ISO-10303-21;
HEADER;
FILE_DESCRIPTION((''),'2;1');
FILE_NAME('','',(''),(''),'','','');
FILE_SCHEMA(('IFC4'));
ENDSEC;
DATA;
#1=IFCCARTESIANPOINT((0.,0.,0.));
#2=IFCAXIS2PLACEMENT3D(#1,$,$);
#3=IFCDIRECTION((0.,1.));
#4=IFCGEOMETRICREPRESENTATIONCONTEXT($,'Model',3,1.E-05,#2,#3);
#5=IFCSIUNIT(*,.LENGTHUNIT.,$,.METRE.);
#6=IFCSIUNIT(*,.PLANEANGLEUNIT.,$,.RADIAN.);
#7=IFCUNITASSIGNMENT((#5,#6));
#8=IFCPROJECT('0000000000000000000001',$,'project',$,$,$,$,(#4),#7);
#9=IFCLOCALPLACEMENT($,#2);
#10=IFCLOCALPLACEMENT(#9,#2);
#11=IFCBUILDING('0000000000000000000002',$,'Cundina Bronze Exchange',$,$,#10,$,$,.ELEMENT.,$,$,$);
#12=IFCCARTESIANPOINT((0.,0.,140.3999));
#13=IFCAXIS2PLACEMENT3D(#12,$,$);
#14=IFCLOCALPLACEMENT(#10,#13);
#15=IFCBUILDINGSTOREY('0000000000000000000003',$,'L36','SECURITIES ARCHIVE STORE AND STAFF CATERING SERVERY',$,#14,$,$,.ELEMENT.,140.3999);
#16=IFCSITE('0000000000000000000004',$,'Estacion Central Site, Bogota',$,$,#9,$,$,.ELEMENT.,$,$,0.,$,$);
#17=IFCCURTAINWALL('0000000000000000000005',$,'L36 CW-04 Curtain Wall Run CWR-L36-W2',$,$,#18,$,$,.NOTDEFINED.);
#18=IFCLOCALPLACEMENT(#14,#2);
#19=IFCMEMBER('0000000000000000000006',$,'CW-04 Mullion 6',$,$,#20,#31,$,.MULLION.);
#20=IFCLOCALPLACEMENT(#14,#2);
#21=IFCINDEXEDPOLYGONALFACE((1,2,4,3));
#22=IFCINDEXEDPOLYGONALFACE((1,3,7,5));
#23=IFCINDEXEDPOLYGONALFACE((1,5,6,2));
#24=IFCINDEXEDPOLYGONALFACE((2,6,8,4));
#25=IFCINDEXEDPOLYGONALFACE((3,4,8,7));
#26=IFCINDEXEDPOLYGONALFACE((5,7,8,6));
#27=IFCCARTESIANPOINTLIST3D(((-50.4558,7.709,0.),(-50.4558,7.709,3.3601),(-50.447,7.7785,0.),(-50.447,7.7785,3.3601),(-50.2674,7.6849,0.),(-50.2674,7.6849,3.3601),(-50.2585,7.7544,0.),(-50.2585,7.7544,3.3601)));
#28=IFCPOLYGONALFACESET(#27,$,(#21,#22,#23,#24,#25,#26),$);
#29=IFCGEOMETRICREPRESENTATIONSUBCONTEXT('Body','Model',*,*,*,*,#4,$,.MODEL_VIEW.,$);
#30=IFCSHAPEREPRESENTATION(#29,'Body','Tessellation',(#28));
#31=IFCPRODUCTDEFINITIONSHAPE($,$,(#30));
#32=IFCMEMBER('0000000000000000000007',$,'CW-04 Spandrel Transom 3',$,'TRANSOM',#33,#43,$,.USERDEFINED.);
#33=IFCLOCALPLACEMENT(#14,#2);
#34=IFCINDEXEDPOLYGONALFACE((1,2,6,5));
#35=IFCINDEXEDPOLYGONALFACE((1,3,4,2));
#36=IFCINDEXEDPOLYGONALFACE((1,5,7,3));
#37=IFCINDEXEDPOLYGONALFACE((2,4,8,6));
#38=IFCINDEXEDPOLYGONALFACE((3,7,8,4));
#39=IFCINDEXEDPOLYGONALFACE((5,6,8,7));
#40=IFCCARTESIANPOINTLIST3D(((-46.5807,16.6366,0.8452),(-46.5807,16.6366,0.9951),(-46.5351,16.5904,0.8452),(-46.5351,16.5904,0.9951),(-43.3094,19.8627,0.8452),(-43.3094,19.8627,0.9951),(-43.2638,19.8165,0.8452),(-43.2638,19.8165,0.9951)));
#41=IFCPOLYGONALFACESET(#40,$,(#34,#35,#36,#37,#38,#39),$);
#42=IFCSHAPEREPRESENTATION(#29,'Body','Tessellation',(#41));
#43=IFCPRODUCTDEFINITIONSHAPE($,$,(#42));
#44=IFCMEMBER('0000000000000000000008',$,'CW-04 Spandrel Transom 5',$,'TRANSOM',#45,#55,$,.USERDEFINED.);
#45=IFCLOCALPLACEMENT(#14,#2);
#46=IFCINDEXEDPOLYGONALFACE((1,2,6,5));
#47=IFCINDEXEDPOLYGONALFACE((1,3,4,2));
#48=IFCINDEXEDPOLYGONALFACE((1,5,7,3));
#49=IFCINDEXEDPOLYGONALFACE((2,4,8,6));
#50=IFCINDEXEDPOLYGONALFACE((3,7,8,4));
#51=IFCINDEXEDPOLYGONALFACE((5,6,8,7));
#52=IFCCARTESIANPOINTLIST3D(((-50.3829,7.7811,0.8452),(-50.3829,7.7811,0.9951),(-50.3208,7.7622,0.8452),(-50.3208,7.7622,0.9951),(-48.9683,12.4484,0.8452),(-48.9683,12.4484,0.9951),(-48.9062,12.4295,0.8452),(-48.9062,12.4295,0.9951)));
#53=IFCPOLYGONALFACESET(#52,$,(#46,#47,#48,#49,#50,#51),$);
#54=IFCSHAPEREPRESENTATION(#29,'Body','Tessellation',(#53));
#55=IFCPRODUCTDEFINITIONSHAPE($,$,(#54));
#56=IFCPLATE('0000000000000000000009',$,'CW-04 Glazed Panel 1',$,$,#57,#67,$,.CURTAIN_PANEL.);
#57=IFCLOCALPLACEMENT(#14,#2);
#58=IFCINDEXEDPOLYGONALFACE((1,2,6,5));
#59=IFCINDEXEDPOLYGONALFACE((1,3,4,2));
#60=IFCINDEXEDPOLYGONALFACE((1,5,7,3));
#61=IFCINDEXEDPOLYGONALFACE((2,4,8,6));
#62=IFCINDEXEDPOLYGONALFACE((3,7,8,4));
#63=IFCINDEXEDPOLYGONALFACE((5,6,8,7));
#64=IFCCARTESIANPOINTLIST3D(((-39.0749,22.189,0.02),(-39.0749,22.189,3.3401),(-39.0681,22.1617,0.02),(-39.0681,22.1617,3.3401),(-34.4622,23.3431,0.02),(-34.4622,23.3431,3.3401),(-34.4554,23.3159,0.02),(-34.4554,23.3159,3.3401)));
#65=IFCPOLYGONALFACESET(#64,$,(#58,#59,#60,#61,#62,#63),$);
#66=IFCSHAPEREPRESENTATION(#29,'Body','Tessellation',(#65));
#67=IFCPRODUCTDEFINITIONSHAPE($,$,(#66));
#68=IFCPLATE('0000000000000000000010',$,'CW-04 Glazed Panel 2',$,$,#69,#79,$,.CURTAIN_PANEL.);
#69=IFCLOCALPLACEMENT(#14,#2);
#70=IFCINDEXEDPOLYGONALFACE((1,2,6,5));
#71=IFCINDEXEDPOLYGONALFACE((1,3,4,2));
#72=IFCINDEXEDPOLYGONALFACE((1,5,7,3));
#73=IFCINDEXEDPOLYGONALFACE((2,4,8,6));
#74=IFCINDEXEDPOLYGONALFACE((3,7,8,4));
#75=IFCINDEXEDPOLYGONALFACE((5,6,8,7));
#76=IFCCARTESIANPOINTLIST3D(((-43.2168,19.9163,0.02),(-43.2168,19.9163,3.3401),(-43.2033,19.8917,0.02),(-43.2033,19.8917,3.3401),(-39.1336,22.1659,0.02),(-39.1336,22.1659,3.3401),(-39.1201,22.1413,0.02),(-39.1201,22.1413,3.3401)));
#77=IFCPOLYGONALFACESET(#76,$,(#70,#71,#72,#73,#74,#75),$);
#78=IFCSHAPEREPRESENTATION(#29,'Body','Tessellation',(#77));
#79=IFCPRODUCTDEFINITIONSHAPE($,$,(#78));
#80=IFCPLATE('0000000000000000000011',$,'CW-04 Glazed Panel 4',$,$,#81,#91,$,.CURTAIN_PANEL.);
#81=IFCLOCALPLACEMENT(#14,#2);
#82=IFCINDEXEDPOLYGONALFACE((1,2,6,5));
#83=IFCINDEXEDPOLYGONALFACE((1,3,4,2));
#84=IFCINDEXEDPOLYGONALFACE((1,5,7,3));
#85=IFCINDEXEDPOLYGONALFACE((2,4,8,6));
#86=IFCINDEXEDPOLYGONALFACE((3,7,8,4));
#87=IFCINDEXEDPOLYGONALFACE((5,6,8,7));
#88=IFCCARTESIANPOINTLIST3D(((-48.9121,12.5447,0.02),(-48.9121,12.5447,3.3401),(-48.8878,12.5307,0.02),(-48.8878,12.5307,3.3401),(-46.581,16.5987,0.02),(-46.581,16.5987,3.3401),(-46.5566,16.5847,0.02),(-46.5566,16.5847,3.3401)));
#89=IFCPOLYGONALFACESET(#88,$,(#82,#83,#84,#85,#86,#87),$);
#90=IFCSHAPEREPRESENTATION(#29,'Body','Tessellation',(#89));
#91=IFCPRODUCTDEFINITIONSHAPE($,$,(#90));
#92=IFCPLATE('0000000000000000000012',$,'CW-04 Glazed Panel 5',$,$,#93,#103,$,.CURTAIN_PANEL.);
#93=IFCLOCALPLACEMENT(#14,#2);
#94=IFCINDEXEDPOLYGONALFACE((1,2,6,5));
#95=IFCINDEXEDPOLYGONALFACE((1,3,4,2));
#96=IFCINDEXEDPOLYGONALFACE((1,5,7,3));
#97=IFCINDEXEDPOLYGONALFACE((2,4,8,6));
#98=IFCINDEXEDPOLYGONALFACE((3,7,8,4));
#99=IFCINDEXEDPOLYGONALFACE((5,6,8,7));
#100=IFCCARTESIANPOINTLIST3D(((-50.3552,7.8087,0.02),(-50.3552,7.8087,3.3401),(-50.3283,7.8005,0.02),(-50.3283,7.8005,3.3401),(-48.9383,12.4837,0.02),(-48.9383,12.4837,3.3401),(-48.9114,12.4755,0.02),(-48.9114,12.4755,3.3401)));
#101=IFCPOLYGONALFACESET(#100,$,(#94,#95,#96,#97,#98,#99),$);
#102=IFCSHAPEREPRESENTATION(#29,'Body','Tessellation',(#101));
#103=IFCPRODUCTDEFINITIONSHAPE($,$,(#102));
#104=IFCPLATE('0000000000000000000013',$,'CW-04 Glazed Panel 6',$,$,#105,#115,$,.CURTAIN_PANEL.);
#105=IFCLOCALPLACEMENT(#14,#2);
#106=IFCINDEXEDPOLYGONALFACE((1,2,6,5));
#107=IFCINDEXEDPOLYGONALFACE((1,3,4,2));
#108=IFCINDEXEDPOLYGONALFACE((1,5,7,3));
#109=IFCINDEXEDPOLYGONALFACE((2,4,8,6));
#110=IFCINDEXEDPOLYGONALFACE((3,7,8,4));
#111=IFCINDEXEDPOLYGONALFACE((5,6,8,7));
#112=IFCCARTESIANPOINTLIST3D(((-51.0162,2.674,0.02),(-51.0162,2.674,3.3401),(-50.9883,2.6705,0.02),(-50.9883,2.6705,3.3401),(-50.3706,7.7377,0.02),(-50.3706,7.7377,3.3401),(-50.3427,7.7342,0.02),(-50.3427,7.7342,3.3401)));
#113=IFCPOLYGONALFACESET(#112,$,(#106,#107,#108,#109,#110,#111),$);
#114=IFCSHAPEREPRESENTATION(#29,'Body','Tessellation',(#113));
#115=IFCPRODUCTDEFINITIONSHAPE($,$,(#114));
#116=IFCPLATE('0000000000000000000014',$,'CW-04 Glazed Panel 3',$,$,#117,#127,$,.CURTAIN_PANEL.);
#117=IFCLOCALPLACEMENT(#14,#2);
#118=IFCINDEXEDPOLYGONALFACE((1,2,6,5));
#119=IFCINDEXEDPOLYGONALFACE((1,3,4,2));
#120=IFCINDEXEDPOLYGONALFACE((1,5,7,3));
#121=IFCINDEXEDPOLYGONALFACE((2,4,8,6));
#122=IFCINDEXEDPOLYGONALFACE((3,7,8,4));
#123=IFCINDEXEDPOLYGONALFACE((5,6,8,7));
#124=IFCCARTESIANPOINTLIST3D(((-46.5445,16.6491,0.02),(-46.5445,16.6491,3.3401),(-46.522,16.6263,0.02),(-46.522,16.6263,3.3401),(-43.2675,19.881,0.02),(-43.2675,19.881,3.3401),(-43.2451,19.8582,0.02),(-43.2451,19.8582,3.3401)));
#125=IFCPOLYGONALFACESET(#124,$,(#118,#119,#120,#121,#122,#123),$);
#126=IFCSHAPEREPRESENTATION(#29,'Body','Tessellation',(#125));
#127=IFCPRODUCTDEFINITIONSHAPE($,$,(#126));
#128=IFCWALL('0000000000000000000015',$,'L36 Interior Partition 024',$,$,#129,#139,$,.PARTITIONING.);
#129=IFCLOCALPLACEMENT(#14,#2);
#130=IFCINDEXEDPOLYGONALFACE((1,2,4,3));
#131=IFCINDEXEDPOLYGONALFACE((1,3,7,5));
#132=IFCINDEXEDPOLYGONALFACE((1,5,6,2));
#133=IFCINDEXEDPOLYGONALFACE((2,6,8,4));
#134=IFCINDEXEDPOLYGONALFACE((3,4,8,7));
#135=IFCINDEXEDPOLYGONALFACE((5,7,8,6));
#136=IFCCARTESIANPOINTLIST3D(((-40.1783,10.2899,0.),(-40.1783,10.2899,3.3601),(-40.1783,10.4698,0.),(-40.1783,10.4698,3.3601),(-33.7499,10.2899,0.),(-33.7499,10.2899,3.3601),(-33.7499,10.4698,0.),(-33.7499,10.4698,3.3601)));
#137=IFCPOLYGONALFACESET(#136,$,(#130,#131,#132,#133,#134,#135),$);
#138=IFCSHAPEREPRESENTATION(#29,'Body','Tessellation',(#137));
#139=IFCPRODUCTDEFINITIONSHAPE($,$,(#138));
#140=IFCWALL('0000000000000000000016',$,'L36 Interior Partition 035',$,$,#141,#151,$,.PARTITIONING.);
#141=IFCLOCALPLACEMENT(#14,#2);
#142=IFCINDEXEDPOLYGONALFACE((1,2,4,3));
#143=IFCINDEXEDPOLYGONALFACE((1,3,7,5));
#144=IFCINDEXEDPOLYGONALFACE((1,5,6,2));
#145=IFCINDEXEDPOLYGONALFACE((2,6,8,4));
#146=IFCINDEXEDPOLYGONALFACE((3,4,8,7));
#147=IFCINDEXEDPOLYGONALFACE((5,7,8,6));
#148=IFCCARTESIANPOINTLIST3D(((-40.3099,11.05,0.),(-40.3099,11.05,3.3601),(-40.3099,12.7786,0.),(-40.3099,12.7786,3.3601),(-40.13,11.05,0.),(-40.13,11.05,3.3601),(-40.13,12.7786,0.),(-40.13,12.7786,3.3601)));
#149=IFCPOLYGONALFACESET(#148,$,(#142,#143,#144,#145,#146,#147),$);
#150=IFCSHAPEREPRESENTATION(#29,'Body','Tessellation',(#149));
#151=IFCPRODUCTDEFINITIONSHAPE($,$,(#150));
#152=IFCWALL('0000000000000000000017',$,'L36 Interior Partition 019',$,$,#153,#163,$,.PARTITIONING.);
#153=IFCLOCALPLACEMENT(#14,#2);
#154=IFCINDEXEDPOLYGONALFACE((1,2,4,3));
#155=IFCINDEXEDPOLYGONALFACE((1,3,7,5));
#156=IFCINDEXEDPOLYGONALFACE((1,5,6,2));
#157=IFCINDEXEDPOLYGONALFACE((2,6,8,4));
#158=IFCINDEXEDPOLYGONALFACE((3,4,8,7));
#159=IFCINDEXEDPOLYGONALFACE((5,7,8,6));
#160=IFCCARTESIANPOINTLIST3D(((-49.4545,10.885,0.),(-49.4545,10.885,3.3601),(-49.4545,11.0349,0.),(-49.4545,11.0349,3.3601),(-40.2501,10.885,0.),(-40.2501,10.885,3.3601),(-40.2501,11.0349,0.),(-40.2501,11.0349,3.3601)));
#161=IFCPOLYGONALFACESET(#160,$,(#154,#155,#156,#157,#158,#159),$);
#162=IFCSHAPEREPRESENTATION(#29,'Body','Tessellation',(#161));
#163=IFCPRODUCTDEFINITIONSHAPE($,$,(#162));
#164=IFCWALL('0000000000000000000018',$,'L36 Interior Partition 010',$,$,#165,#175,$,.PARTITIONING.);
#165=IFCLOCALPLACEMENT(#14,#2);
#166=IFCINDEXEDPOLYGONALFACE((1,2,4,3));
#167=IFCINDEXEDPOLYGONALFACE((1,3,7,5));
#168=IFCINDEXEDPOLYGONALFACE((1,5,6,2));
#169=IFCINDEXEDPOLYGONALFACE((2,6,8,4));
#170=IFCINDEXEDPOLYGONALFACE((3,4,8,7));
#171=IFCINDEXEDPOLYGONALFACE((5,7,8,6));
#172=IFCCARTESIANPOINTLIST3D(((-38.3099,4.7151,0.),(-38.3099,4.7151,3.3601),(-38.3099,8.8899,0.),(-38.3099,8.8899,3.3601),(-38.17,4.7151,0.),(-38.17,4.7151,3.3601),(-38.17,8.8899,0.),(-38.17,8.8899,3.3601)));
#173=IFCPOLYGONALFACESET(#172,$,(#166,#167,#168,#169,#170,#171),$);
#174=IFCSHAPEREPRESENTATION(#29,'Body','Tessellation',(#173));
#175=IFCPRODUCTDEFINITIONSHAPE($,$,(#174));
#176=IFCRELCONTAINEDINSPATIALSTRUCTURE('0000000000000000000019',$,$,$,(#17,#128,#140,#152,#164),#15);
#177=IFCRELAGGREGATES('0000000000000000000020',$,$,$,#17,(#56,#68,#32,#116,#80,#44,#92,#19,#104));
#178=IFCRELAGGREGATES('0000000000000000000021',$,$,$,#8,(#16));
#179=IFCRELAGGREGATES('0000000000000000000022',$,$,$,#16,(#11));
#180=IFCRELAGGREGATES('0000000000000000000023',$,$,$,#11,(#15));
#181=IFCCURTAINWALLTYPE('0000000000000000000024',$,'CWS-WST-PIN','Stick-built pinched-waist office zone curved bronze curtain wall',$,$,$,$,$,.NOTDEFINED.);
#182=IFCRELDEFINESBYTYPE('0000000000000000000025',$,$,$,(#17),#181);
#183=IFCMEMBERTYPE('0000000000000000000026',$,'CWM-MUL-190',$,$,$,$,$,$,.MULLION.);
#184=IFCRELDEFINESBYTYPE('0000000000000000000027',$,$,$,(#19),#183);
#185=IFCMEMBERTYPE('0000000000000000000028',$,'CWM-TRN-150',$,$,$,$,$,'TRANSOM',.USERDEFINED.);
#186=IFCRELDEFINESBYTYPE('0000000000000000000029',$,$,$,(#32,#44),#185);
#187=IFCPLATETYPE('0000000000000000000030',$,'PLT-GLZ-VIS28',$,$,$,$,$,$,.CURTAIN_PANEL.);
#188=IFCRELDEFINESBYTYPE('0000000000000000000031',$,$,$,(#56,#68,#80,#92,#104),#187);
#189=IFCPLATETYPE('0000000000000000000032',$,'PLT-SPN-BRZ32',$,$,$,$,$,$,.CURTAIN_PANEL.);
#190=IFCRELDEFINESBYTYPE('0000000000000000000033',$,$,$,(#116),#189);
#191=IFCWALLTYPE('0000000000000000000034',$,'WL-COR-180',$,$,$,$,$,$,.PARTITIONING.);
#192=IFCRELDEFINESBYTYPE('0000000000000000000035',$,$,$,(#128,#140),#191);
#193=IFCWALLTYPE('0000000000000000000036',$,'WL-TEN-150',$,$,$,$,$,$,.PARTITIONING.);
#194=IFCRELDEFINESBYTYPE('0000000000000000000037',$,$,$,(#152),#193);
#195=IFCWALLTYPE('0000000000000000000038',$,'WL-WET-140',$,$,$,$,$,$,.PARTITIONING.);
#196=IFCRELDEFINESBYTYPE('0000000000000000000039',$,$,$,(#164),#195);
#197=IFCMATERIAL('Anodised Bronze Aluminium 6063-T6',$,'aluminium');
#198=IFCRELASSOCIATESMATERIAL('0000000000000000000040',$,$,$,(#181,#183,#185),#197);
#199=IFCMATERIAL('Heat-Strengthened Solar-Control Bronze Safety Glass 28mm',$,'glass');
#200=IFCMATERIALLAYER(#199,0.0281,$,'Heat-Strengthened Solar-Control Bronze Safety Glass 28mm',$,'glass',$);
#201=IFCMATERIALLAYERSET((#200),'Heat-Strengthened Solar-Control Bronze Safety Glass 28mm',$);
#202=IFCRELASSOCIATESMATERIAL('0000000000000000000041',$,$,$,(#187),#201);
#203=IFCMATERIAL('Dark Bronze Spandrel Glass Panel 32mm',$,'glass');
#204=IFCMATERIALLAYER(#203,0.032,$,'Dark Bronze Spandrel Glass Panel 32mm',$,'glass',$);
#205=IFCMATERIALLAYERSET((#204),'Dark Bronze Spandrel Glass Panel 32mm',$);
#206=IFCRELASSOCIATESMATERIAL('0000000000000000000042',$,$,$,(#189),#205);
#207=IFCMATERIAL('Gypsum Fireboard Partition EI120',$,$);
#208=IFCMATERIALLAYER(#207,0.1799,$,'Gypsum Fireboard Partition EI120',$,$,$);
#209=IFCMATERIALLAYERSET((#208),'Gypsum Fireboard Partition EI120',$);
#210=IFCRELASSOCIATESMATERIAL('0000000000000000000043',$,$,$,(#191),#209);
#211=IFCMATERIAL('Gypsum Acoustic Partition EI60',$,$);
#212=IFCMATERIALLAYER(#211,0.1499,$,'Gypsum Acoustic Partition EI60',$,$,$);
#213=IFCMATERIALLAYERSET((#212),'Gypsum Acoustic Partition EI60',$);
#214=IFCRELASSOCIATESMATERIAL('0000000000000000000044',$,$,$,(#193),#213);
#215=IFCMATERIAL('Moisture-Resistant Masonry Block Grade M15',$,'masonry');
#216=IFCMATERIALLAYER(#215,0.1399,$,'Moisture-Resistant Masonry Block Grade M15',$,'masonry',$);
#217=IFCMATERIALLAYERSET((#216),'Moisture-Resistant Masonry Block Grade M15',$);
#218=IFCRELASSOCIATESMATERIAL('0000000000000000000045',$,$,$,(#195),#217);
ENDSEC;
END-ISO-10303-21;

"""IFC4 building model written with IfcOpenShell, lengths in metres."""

from ifc_helpers import new_model, si_unit, direction, frame, frame_2d, origin, origin_2d, place, context, subcontext, project, spatial, rectangle, extrude, material, layer, layer_set, material_profile, profile_set, type_object, element, aggregate, save


model = new_model("IFC4")

# Units and contexts
model_context = context("Model", 3, precision=1e-05, world=origin(), true_north=direction((0.0, 1.0)))
body_context = subcontext(model_context, "Body", "Model", "MODEL_VIEW")
ifc_project = project(units=[si_unit("LENGTHUNIT", "METRE"), si_unit("PLANEANGLEUNIT", "RADIAN")], contexts=[model_context])

# Site, building, storey
site_placement = place(None, origin())
site = spatial("IfcSite", under=ifc_project, at=site_placement, Name="Estacion Central Site, Bogota", CompositionType="ELEMENT", RefElevation=0.0)
building_placement = place(site_placement, origin())
building = spatial("IfcBuilding", under=site, at=building_placement, Name="Cundina Bronze Exchange", CompositionType="ELEMENT")
storey_placement = place(building_placement, frame((0.0, 0.0, 140.3999)))
storey = spatial("IfcBuildingStorey", under=building, at=storey_placement, Name="L36", Description="SECURITIES ARCHIVE STORE AND STAFF CATERING SERVERY", CompositionType="ELEMENT", Elevation=140.3999)

# Curtain wall, members, plates
ifc_material_1 = material(Name="Anodised Bronze Aluminium 6063-T6", Category="aluminium")
curtain_wall_type = type_object("IfcCurtainWallType", Name="CWS-WST-PIN", Description="Stick-built pinched-waist office zone curved bronze curtain wall", PredefinedType="NOTDEFINED", material=ifc_material_1)
curtain_wall_placement = place(storey_placement, origin())
curtain_wall = element("IfcCurtainWall", 1, at=curtain_wall_placement, inside=storey, type_object=curtain_wall_type, Name="L36 CW-04 Curtain Wall Run CWR-L36-W2", PredefinedType="NOTDEFINED")
ifc_material_profile_1 = material_profile(ifc_material_1, rectangle(XDim=0.0701, YDim=0.1899, at=origin_2d()), Name="AL70X190", Category="aluminium")
ifc_profile_set_1 = profile_set([ifc_material_profile_1], Name="Anodised Bronze Aluminium 6063-T6")
member_type_1 = type_object("IfcMemberType", Name="CWM-MUL-190", PredefinedType="MULLION", material=ifc_profile_set_1)
member_1_placement = place(storey_placement, frame((-50.3572, 7.7317, 0.0), z_axis=(0.0, 0.0, 1.0), x_axis=(-0.126545, -0.991961, 0.0)))
member_1 = element("IfcMember", 2, at=member_1_placement, type_object=member_type_1, Name="CW-04 Mullion 6", PredefinedType="MULLION", context=body_context, shape_type="SweptSolid", body=[
    extrude(rectangle(XDim=0.0701, YDim=0.1899, at=origin_2d()), origin(), (0.0, 0.0, 1.0), 3.3601),
])
ifc_material_profile_2 = material_profile(ifc_material_1, rectangle(XDim=0.0649, YDim=0.1499, at=origin_2d()), Name="AL65X150", Category="aluminium")
ifc_profile_set_2 = profile_set([ifc_material_profile_2], Name="Anodised Bronze Aluminium 6063-T6")
member_type_2 = type_object("IfcMemberType", Name="CWM-TRN-150", ElementType="TRANSOM", PredefinedType="USERDEFINED", material=ifc_profile_set_2)
member_2_placement = place(storey_placement, frame((-43.2866, 19.8396, 0.9202), z_axis=(-0.712005, -0.702174, 0.0), x_axis=(0.702174, -0.712005, 0.0)))
member_2 = element("IfcMember", 3, at=member_2_placement, type_object=member_type_2, Name="CW-04 Spandrel Transom 3", ObjectType="TRANSOM", PredefinedType="USERDEFINED", context=body_context, shape_type="SweptSolid", body=[
    extrude(rectangle(XDim=0.0649, YDim=0.1499, at=origin_2d()), origin(), (0.0, 0.0, 1.0), 4.5945),
])
member_3_placement = place(storey_placement, frame((-48.9373, 12.439, 0.9202), z_axis=(-0.290052, -0.957011, 0.0), x_axis=(0.957011, -0.290052, 0.0)))
member_3 = element("IfcMember", 4, at=member_3_placement, type_object=member_type_2, Name="CW-04 Spandrel Transom 5", ObjectType="TRANSOM", PredefinedType="USERDEFINED", context=body_context, shape_type="SweptSolid", body=[
    extrude(rectangle(XDim=0.0649, YDim=0.1499, at=origin_2d()), origin(), (0.0, 0.0, 1.0), 4.877),
])
ifc_material_2 = material(Name="Heat-Strengthened Solar-Control Bronze Safety Glass 28mm", Category="glass")
ifc_layer_1 = layer(ifc_material_2, 0.0281, Name="Heat-Strengthened Solar-Control Bronze Safety Glass 28mm", Category="glass")
ifc_layer_set_1 = layer_set([ifc_layer_1], Name="Heat-Strengthened Solar-Control Bronze Safety Glass 28mm")
plate_type_1 = type_object("IfcPlateType", Name="PLT-GLZ-VIS28", PredefinedType="CURTAIN_PANEL", material=ifc_layer_set_1)
plate_1_placement = place(storey_placement, frame((-36.7651, 22.7524, 0.02), z_axis=(0.0, 0.0, 1.0), x_axis=(-0.970093, -0.242735, 0.0)))
plate_1 = element("IfcPlate", 5, at=plate_1_placement, type_object=plate_type_1, Name="CW-04 Glazed Panel 1", PredefinedType="CURTAIN_PANEL", context=body_context, shape_type="SweptSolid", body=[
    extrude(rectangle(XDim=4.7549, YDim=0.0281, at=origin_2d()), origin(), (0.0, 0.0, 1.0), 3.3201),
])
plate_2_placement = place(storey_placement, frame((-41.1685, 21.0288, 0.02), z_axis=(0.0, 0.0, 1.0), x_axis=(-0.875869, -0.482549, 0.0)))
plate_2 = element("IfcPlate", 6, at=plate_2_placement, type_object=plate_type_1, Name="CW-04 Glazed Panel 2", PredefinedType="CURTAIN_PANEL", context=body_context, shape_type="SweptSolid", body=[
    extrude(rectangle(XDim=4.6619, YDim=0.0281, at=origin_2d()), origin(), (0.0, 0.0, 1.0), 3.3201),
])
plate_3_placement = place(storey_placement, frame((-47.7344, 14.5647, 0.02), z_axis=(0.0, 0.0, 1.0), x_axis=(-0.498488, -0.866897, 0.0)))
plate_3 = element("IfcPlate", 7, at=plate_3_placement, type_object=plate_type_1, Name="CW-04 Glazed Panel 4", PredefinedType="CURTAIN_PANEL", context=body_context, shape_type="SweptSolid", body=[
    extrude(rectangle(XDim=4.6765, YDim=0.0281, at=origin_2d()), origin(), (0.0, 0.0, 1.0), 3.3201),
])
plate_4_placement = place(storey_placement, frame((-49.6333, 10.1421, 0.02), z_axis=(0.0, 0.0, 1.0), x_axis=(-0.290051, -0.957011, 0.0)))
plate_4 = element("IfcPlate", 8, at=plate_4_placement, type_object=plate_type_1, Name="CW-04 Glazed Panel 5", PredefinedType="CURTAIN_PANEL", context=body_context, shape_type="SweptSolid", body=[
    extrude(rectangle(XDim=4.885, YDim=0.0281, at=origin_2d()), origin(), (0.0, 0.0, 1.0), 3.3201),
])
plate_5_placement = place(storey_placement, frame((-50.6794, 5.2041, 0.02), z_axis=(0.0, 0.0, 1.0), x_axis=(-0.126476, -0.99197, 0.0)))
plate_5 = element("IfcPlate", 9, at=plate_5_placement, type_object=plate_type_1, Name="CW-04 Glazed Panel 6", PredefinedType="CURTAIN_PANEL", context=body_context, shape_type="SweptSolid", body=[
    extrude(rectangle(XDim=5.1047, YDim=0.0281, at=origin_2d()), origin(), (0.0, 0.0, 1.0), 3.3201),
])
ifc_material_3 = material(Name="Dark Bronze Spandrel Glass Panel 32mm", Category="glass")
ifc_layer_2 = layer(ifc_material_3, 0.032, Name="Dark Bronze Spandrel Glass Panel 32mm", Category="glass")
ifc_layer_set_2 = layer_set([ifc_layer_2], Name="Dark Bronze Spandrel Glass Panel 32mm")
plate_type_2 = type_object("IfcPlateType", Name="PLT-SPN-BRZ32", PredefinedType="CURTAIN_PANEL", material=ifc_layer_set_2)
plate_6_placement = place(storey_placement, frame((-44.8948, 18.2537, 0.02), z_axis=(0.0, 0.0, 1.0), x_axis=(-0.711989, -0.70219, 0.0)))
plate_6 = element("IfcPlate", 10, at=plate_6_placement, type_object=plate_type_2, Name="CW-04 Glazed Panel 3", PredefinedType="CURTAIN_PANEL", context=body_context, shape_type="SweptSolid", body=[
    extrude(rectangle(XDim=4.6025, YDim=0.032, at=origin_2d()), origin(), (0.0, 0.0, 1.0), 3.3201),
])
aggregate(curtain_wall, [plate_1, plate_2, member_2, plate_6, plate_3, member_3, plate_4, member_1, plate_5])

# Walls
ifc_material_4 = material(Name="Gypsum Fireboard Partition EI120")
ifc_layer_3 = layer(ifc_material_4, 0.1799, Name="Gypsum Fireboard Partition EI120")
ifc_layer_set_3 = layer_set([ifc_layer_3], Name="Gypsum Fireboard Partition EI120")
wall_type_1 = type_object("IfcWallType", Name="WL-COR-180", PredefinedType="PARTITIONING", material=ifc_layer_set_3)
wall_1_placement = place(storey_placement, frame((-40.1785, 10.3799, 0.0), z_axis=(0.0, 0.0, 1.0), x_axis=(1.0, 0.0, 0.0)))
element("IfcWall", 11, at=wall_1_placement, inside=storey, type_object=wall_type_1, Name="L36 Interior Partition 024", PredefinedType="PARTITIONING", context=body_context, shape_type="SweptSolid", body=[
    extrude(rectangle(XDim=6.4285, YDim=0.1799, at=frame_2d((3.2144, 0.0))), origin(), (0.0, 0.0, 1.0), 3.3601),
])
wall_2_placement = place(storey_placement, frame((-40.22, 12.7786, 0.0), z_axis=(0.0, 0.0, 1.0), x_axis=(0.0, -1.0, 0.0)))
element("IfcWall", 12, at=wall_2_placement, inside=storey, type_object=wall_type_1, Name="L36 Interior Partition 035", PredefinedType="PARTITIONING", context=body_context, shape_type="SweptSolid", body=[
    extrude(rectangle(XDim=1.7285, YDim=0.1799, at=frame_2d((0.8643, 0.0))), origin(), (0.0, 0.0, 1.0), 3.3601),
])
ifc_material_5 = material(Name="Gypsum Acoustic Partition EI60")
ifc_layer_4 = layer(ifc_material_5, 0.1499, Name="Gypsum Acoustic Partition EI60")
ifc_layer_set_4 = layer_set([ifc_layer_4], Name="Gypsum Acoustic Partition EI60")
wall_type_2 = type_object("IfcWallType", Name="WL-TEN-150", PredefinedType="PARTITIONING", material=ifc_layer_set_4)
wall_3_placement = place(storey_placement, frame((-49.4543, 10.96, 0.0), z_axis=(0.0, 0.0, 1.0), x_axis=(1.0, 0.0, 0.0)))
element("IfcWall", 13, at=wall_3_placement, inside=storey, type_object=wall_type_2, Name="L36 Interior Partition 019", PredefinedType="PARTITIONING", context=body_context, shape_type="SweptSolid", body=[
    extrude(rectangle(XDim=9.2043, YDim=0.1499, at=frame_2d((4.6021, 0.0))), origin(), (0.0, 0.0, 1.0), 3.3601),
])
ifc_material_6 = material(Name="Moisture-Resistant Masonry Block Grade M15", Category="masonry")
ifc_layer_5 = layer(ifc_material_6, 0.1399, Name="Moisture-Resistant Masonry Block Grade M15", Category="masonry")
ifc_layer_set_5 = layer_set([ifc_layer_5], Name="Moisture-Resistant Masonry Block Grade M15")
wall_type_3 = type_object("IfcWallType", Name="WL-WET-140", PredefinedType="PARTITIONING", material=ifc_layer_set_5)
wall_4_placement = place(storey_placement, frame((-38.24, 4.7151, 0.0), z_axis=(0.0, 0.0, 1.0), x_axis=(0.0, 1.0, 0.0)))
element("IfcWall", 14, at=wall_4_placement, inside=storey, type_object=wall_type_3, Name="L36 Interior Partition 010", PredefinedType="PARTITIONING", context=body_context, shape_type="SweptSolid", body=[
    extrude(rectangle(XDim=4.1748, YDim=0.1399, at=frame_2d((2.0874, 0.0))), origin(), (0.0, 0.0, 1.0), 3.3601),
])

save(model, "model.ifc")
